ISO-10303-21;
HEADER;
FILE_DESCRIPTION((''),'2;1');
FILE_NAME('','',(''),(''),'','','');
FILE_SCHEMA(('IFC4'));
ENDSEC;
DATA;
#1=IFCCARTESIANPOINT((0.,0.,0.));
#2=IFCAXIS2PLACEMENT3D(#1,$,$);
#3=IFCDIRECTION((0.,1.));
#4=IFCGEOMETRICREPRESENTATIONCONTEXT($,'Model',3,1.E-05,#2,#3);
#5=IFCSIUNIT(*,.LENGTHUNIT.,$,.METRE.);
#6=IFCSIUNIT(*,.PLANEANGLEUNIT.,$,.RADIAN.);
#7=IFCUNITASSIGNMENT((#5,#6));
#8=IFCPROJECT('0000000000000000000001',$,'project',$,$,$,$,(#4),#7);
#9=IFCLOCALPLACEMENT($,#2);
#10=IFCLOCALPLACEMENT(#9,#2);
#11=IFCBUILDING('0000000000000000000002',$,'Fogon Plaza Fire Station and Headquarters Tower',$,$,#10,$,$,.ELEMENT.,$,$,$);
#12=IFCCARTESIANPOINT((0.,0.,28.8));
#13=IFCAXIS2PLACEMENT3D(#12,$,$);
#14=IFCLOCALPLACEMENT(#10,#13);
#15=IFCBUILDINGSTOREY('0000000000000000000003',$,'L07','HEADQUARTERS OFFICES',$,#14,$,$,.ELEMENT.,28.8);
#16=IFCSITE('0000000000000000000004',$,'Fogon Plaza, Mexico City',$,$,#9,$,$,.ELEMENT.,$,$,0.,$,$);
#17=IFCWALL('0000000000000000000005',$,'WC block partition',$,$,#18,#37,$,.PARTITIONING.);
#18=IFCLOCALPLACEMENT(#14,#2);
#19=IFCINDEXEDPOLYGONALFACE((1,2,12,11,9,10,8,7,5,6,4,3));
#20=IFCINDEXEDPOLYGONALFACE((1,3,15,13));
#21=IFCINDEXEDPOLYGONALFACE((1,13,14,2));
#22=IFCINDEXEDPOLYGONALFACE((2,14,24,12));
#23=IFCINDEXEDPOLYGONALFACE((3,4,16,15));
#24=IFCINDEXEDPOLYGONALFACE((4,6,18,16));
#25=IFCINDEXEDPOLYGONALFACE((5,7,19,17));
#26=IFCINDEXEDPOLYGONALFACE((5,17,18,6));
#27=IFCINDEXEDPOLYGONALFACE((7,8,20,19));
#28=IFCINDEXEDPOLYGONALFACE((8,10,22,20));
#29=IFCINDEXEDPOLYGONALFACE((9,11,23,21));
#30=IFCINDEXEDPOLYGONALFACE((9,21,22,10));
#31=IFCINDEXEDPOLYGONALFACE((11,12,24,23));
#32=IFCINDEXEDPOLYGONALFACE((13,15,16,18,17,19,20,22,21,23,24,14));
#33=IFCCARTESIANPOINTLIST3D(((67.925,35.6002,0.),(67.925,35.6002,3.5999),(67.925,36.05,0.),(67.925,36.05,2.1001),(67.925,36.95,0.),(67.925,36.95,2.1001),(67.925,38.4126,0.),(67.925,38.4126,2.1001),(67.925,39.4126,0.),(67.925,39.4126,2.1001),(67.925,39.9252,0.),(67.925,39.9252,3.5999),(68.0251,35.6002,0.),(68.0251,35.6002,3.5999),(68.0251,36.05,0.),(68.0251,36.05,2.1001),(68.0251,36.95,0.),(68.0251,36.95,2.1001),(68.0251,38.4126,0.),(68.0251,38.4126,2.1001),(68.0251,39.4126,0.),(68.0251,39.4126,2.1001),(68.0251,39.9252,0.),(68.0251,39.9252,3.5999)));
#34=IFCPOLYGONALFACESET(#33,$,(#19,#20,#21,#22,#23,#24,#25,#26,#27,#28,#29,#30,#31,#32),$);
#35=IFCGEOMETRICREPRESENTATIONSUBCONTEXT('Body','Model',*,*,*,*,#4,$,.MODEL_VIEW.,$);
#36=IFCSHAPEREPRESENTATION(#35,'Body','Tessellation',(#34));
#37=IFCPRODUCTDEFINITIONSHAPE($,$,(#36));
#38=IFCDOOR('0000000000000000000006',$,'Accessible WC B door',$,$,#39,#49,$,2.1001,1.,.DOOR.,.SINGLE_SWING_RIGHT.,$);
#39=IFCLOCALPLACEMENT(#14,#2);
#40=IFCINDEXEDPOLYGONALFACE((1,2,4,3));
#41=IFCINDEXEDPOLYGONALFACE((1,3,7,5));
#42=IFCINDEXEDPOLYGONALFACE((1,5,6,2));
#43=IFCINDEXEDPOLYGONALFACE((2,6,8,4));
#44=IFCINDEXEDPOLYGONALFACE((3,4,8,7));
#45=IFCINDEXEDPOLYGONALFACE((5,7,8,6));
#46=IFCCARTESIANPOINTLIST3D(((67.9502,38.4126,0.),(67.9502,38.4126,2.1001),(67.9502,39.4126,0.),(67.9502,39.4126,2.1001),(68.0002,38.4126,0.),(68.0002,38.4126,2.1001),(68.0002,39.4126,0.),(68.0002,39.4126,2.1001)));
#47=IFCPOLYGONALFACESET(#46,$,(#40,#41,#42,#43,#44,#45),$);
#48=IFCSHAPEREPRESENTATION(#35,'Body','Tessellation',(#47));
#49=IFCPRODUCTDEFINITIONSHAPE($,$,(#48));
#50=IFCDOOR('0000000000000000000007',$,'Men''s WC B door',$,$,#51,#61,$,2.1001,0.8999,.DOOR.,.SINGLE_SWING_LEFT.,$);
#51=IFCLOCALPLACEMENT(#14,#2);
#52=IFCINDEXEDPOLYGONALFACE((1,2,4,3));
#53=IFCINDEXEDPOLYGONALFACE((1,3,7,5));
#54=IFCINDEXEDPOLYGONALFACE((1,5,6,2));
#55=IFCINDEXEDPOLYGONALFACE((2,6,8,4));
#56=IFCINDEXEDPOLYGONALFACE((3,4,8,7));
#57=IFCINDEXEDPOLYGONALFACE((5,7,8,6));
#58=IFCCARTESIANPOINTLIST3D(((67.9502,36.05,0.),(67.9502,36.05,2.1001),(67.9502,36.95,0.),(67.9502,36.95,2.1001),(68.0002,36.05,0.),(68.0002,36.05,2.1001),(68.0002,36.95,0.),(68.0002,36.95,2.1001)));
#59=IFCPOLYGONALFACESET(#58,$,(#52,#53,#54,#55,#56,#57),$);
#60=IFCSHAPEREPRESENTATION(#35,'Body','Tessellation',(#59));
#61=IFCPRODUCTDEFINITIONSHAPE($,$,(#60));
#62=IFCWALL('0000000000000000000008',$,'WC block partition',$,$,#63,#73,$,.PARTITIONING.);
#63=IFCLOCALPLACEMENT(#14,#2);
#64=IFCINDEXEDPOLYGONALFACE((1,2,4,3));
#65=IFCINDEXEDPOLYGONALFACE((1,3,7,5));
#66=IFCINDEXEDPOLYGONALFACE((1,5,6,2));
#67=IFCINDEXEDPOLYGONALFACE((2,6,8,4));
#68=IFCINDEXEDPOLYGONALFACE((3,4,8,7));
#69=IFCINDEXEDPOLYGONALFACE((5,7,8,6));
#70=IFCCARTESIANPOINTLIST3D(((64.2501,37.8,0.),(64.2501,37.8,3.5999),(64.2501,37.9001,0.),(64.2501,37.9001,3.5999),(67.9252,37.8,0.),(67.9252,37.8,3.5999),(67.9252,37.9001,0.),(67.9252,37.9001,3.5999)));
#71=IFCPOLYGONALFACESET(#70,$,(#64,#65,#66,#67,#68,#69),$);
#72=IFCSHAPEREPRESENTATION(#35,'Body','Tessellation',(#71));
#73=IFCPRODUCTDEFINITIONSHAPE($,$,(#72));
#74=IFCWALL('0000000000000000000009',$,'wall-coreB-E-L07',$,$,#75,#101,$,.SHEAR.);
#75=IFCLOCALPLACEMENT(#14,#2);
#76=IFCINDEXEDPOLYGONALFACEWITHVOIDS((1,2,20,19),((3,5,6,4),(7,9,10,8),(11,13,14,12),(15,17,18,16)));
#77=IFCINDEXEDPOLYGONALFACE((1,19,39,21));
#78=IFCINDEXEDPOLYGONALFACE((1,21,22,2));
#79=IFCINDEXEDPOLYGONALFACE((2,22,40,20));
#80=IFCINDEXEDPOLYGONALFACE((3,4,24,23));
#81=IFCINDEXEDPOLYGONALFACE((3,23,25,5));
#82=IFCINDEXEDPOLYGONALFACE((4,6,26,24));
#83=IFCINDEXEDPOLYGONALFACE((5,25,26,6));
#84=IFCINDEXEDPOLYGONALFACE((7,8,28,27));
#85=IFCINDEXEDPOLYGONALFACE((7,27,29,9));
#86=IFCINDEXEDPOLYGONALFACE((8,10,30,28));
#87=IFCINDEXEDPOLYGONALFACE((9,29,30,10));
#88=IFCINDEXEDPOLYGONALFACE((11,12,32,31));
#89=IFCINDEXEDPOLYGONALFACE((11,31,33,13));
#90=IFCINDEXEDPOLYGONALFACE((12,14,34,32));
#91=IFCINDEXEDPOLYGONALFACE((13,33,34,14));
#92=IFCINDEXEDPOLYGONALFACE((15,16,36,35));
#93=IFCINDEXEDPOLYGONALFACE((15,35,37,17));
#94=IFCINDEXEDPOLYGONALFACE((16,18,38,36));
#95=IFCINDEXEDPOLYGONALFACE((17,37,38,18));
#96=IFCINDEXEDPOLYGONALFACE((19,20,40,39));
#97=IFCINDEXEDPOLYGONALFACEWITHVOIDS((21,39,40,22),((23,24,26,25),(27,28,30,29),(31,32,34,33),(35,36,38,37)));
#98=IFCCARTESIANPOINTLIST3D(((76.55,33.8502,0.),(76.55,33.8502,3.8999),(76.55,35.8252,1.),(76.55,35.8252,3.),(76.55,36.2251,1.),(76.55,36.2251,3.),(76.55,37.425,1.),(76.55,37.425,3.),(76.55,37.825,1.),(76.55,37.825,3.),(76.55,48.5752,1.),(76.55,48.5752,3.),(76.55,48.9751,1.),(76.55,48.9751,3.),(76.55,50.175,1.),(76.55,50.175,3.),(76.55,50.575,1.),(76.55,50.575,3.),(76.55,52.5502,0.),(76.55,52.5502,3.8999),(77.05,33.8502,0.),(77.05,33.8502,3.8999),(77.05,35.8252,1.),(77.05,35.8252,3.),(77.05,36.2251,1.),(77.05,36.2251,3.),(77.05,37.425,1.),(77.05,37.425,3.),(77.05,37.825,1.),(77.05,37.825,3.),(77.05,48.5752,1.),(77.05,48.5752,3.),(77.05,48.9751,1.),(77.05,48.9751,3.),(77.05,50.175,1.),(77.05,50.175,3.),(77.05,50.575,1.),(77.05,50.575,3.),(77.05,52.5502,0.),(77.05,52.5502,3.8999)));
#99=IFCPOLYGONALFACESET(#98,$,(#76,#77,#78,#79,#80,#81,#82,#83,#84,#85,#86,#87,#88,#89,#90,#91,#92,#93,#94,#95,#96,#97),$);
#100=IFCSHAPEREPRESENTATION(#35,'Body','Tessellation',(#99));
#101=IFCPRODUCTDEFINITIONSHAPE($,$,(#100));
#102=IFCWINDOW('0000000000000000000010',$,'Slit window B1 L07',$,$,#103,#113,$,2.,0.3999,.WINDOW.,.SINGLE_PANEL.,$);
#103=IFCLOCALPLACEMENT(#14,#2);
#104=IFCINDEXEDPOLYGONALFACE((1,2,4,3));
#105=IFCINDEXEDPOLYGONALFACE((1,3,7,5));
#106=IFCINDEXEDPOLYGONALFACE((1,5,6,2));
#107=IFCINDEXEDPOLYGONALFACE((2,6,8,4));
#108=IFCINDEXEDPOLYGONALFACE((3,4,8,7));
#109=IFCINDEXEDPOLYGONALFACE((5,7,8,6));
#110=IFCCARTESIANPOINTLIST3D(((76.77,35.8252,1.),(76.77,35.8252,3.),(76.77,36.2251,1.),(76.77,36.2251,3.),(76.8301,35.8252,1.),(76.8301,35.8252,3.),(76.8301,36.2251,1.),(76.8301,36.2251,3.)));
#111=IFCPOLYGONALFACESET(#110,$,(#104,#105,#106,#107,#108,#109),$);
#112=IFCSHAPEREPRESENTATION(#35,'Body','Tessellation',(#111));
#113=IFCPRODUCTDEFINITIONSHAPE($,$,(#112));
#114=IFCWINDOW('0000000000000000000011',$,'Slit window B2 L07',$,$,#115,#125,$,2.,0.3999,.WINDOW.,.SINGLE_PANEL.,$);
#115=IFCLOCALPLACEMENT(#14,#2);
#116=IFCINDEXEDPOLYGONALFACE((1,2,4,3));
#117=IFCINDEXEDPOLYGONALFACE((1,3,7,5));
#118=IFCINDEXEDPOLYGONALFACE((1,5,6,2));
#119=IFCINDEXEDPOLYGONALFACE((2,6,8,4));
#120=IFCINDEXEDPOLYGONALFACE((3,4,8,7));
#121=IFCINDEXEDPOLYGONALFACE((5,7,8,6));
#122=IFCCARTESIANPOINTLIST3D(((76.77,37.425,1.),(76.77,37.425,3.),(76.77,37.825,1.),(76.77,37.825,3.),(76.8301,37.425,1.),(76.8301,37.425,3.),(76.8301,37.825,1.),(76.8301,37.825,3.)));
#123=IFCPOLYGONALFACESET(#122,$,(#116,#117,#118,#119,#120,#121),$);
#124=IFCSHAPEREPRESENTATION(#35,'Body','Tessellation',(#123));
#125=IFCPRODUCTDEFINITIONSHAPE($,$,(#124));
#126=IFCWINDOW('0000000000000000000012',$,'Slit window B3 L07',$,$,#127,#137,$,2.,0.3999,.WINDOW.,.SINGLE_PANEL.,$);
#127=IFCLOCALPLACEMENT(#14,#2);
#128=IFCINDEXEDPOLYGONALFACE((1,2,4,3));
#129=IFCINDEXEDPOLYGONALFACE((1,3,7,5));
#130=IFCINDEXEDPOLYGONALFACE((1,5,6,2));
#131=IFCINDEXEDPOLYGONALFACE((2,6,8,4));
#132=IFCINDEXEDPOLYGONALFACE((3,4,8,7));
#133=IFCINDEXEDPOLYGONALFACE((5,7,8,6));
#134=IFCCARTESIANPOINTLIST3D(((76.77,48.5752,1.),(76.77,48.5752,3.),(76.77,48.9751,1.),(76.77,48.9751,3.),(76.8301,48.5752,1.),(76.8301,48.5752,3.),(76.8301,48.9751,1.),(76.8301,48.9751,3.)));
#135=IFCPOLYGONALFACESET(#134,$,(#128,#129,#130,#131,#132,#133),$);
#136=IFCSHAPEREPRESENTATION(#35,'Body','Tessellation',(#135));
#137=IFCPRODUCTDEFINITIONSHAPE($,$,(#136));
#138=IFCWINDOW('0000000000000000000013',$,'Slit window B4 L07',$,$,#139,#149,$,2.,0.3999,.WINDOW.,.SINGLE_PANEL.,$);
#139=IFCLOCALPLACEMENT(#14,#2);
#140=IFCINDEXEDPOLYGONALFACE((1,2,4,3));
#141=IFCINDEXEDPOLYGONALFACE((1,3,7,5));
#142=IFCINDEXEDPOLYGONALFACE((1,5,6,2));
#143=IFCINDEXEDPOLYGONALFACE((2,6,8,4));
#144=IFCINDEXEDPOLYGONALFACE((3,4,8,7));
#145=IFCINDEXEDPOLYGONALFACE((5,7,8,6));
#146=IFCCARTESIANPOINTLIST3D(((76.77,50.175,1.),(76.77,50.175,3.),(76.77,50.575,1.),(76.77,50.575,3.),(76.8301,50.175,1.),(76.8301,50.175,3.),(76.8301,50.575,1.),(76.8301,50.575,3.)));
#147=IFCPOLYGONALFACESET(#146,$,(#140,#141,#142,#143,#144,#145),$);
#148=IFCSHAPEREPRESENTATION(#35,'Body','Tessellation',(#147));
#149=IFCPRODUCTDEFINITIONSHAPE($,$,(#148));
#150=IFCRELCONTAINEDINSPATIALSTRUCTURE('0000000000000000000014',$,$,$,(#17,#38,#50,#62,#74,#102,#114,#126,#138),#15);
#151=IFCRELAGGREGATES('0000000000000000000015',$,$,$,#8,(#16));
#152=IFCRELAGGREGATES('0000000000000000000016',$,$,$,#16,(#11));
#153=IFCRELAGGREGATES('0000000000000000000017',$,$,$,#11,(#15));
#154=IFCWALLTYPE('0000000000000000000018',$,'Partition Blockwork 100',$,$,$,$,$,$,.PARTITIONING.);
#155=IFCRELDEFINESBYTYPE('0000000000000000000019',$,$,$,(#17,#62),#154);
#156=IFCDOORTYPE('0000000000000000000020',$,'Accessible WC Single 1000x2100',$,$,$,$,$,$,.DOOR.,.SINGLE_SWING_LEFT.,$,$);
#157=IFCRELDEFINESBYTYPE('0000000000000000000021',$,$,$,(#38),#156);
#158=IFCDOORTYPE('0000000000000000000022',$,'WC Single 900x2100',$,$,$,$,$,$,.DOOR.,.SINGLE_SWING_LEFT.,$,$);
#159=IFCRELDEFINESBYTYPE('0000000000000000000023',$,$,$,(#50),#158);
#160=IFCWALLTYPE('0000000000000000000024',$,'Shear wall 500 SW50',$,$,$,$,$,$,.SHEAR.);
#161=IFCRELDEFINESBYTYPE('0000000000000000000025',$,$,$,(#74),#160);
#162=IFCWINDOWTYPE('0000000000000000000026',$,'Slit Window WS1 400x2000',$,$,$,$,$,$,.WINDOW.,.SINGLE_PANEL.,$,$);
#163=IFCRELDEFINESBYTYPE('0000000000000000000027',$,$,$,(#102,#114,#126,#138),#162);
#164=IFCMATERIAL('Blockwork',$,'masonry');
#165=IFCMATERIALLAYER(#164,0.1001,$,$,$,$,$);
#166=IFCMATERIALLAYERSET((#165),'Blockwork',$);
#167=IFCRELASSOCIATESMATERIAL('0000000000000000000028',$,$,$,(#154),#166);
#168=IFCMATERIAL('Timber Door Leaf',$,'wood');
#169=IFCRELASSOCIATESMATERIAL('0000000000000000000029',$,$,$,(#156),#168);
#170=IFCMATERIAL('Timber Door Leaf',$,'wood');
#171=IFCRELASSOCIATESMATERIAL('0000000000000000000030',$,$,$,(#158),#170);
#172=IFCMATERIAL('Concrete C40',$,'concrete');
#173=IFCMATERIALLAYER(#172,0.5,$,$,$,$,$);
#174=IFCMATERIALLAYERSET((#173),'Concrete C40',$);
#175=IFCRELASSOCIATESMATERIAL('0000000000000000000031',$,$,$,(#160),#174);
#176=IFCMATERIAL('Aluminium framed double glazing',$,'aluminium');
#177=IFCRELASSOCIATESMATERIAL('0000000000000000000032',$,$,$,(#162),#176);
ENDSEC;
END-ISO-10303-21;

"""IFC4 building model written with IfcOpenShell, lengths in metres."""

from ifc_helpers import new_model, si_unit, direction, frame, frame_2d, origin, place, context, subcontext, project, spatial, rectangle, extrude, material, layer, layer_set, type_object, element, fill, save


model = new_model("IFC4")

# Units and contexts
model_context = context("Model", 3, precision=1e-05, world=origin(), true_north=direction((0.0, 1.0)))
body_context = subcontext(model_context, "Body", "Model", "MODEL_VIEW")
ifc_project = project(units=[si_unit("LENGTHUNIT", "METRE"), si_unit("PLANEANGLEUNIT", "RADIAN")], contexts=[model_context])

# Site, building, storey
site_placement = place(None, origin())
site = spatial("IfcSite", under=ifc_project, at=site_placement, Name="Fogon Plaza, Mexico City", CompositionType="ELEMENT", RefElevation=0.0)
building_placement = place(site_placement, origin())
building = spatial("IfcBuilding", under=site, at=building_placement, Name="Fogon Plaza Fire Station and Headquarters Tower", CompositionType="ELEMENT")
storey_placement = place(building_placement, frame((0.0, 0.0, 28.8)))
storey = spatial("IfcBuildingStorey", under=building, at=storey_placement, Name="L07", Description="HEADQUARTERS OFFICES", CompositionType="ELEMENT", Elevation=28.8)

# Shared definitions
ifc_material_1 = material(Name="Blockwork", Category="masonry")
ifc_layer_1 = layer(ifc_material_1, 0.1001)
ifc_layer_set_1 = layer_set([ifc_layer_1], Name="Blockwork")
wall_type_1 = type_object("IfcWallType", Name="Partition Blockwork 100", PredefinedType="PARTITIONING", material=ifc_layer_set_1)

# Wall, openings, doors
wall_1_placement = place(storey_placement, frame((67.9751, 35.6001, 0.0), z_axis=(0.0, 0.0, 1.0), x_axis=(0.0, 1.0, 0.0)))
wall_1 = element("IfcWall", 1, at=wall_1_placement, inside=storey, type_object=wall_type_1, Name="WC block partition", PredefinedType="PARTITIONING", context=body_context, shape_type="SweptSolid", body=[
    extrude(rectangle(XDim=4.325, YDim=0.1001, at=frame_2d((2.1626, 0.0))), origin(), (0.0, 0.0, 1.0), 3.5999),
])
opening_1_placement = place(wall_1_placement, frame((0.45, 0.0, 0.0)))
opening_1 = element("IfcOpeningElement", 2, at=opening_1_placement, cuts=wall_1, PredefinedType="OPENING", context=body_context, shape_type="SweptSolid", body=[
    extrude(rectangle(XDim=0.8999, YDim=2.1001, at=frame_2d((0.45, 1.05))), frame((0.0, 0.0601, 0.0), z_axis=(0.0, -1.0, 0.0), x_axis=(1.0, 0.0, 0.0)), (0.0, 0.0, 1.0), 0.1201),
])
opening_2_placement = place(wall_1_placement, frame((2.8125, 0.0, 0.0)))
opening_2 = element("IfcOpeningElement", 3, at=opening_2_placement, cuts=wall_1, PredefinedType="OPENING", context=body_context, shape_type="SweptSolid", body=[
    extrude(rectangle(XDim=1.0, YDim=2.1001, at=frame_2d((0.5, 1.05))), frame((0.0, 0.0601, 0.0), z_axis=(0.0, -1.0, 0.0), x_axis=(1.0, 0.0, 0.0)), (0.0, 0.0, 1.0), 0.1201),
])
ifc_material_2 = material(Name="Timber Door Leaf", Category="wood")
door_type_1 = type_object("IfcDoorType", Name="Accessible WC Single 1000x2100", OperationType="SINGLE_SWING_LEFT", PredefinedType="DOOR", material=ifc_material_2)
door_1_placement = place(opening_2_placement, origin())
door_1 = element("IfcDoor", 4, at=door_1_placement, inside=storey, type_object=door_type_1, Name="Accessible WC B door", OperationType="SINGLE_SWING_RIGHT", OverallHeight=2.1001, OverallWidth=1.0, PredefinedType="DOOR", context=body_context, shape_type="SweptSolid", body=[
    extrude(rectangle(XDim=1.0, YDim=2.1001, at=frame_2d((0.5, 1.05))), frame((0.0, 0.0249, 0.0), z_axis=(0.0, -1.0, 0.0), x_axis=(1.0, 0.0, 0.0)), (0.0, 0.0, 1.0), 0.05),
])
fill(opening_2, door_1)
ifc_material_3 = material(Name="Timber Door Leaf", Category="wood")
door_type_2 = type_object("IfcDoorType", Name="WC Single 900x2100", OperationType="SINGLE_SWING_LEFT", PredefinedType="DOOR", material=ifc_material_3)
door_2_placement = place(opening_1_placement, origin())
door_2 = element("IfcDoor", 5, at=door_2_placement, inside=storey, type_object=door_type_2, Name="Men's WC B door", OperationType="SINGLE_SWING_LEFT", OverallHeight=2.1001, OverallWidth=0.8999, PredefinedType="DOOR", context=body_context, shape_type="SweptSolid", body=[
    extrude(rectangle(XDim=0.8999, YDim=2.1001, at=frame_2d((0.45, 1.05))), frame((0.0, 0.0249, 0.0), z_axis=(0.0, -1.0, 0.0), x_axis=(1.0, 0.0, 0.0)), (0.0, 0.0, 1.0), 0.05),
])
fill(opening_1, door_2)

# Wall
wall_2_placement = place(storey_placement, frame((67.925, 37.8501, 0.0), z_axis=(0.0, 0.0, 1.0), x_axis=(-1.0, 0.0, 0.0)))
element("IfcWall", 6, at=wall_2_placement, inside=storey, type_object=wall_type_1, Name="WC block partition", PredefinedType="PARTITIONING", context=body_context, shape_type="SweptSolid", body=[
    extrude(rectangle(XDim=3.675, YDim=0.1001, at=frame_2d((1.8374, 0.0))), origin(), (0.0, 0.0, 1.0), 3.5999),
])

# Wall, openings, windows
ifc_material_4 = material(Name="Concrete C40", Category="concrete")
ifc_layer_2 = layer(ifc_material_4, 0.5)
ifc_layer_set_2 = layer_set([ifc_layer_2], Name="Concrete C40")
wall_type_2 = type_object("IfcWallType", Name="Shear wall 500 SW50", PredefinedType="SHEAR", material=ifc_layer_set_2)
wall_3_placement = place(storey_placement, frame((76.8, 33.8501, 0.0), z_axis=(0.0, 0.0, 1.0), x_axis=(0.0, 1.0, 0.0)))
wall_3 = element("IfcWall", 7, at=wall_3_placement, inside=storey, type_object=wall_type_2, Name="wall-coreB-E-L07", PredefinedType="SHEAR", context=body_context, shape_type="SweptSolid", body=[
    extrude(rectangle(XDim=18.7, YDim=0.5, at=frame_2d((9.3501, 0.0))), origin(), (0.0, 0.0, 1.0), 3.8999),
])
opening_3_placement = place(wall_3_placement, frame((1.9751, 0.0, 1.0)))
opening_3 = element("IfcOpeningElement", 8, at=opening_3_placement, cuts=wall_3, PredefinedType="OPENING", context=body_context, shape_type="SweptSolid", body=[
    extrude(rectangle(XDim=0.3999, YDim=2.0, at=frame_2d((0.2, 1.0))), frame((0.0, 0.26, 0.0), z_axis=(0.0, -1.0, 0.0), x_axis=(1.0, 0.0, 0.0)), (0.0, 0.0, 1.0), 0.52),
])
opening_4_placement = place(wall_3_placement, frame((3.575, 0.0, 1.0)))
opening_4 = element("IfcOpeningElement", 9, at=opening_4_placement, cuts=wall_3, PredefinedType="OPENING", context=body_context, shape_type="SweptSolid", body=[
    extrude(rectangle(XDim=0.3999, YDim=2.0, at=frame_2d((0.2, 1.0))), frame((0.0, 0.26, 0.0), z_axis=(0.0, -1.0, 0.0), x_axis=(1.0, 0.0, 0.0)), (0.0, 0.0, 1.0), 0.52),
])
opening_5_placement = place(wall_3_placement, frame((14.7251, 0.0, 1.0)))
opening_5 = element("IfcOpeningElement", 10, at=opening_5_placement, cuts=wall_3, PredefinedType="OPENING", context=body_context, shape_type="SweptSolid", body=[
    extrude(rectangle(XDim=0.3999, YDim=2.0, at=frame_2d((0.2, 1.0))), frame((0.0, 0.26, 0.0), z_axis=(0.0, -1.0, 0.0), x_axis=(1.0, 0.0, 0.0)), (0.0, 0.0, 1.0), 0.52),
])
opening_6_placement = place(wall_3_placement, frame((16.325, 0.0, 1.0)))
opening_6 = element("IfcOpeningElement", 11, at=opening_6_placement, cuts=wall_3, PredefinedType="OPENING", context=body_context, shape_type="SweptSolid", body=[
    extrude(rectangle(XDim=0.3999, YDim=2.0, at=frame_2d((0.2, 1.0))), frame((0.0, 0.26, 0.0), z_axis=(0.0, -1.0, 0.0), x_axis=(1.0, 0.0, 0.0)), (0.0, 0.0, 1.0), 0.52),
])
ifc_material_5 = material(Name="Aluminium framed double glazing", Category="aluminium")
window_type = type_object("IfcWindowType", Name="Slit Window WS1 400x2000", PartitioningType="SINGLE_PANEL", PredefinedType="WINDOW", material=ifc_material_5)
window_1_placement = place(opening_3_placement, origin())
window_1 = element("IfcWindow", 12, at=window_1_placement, inside=storey, type_object=window_type, Name="Slit window B1 L07", OverallHeight=2.0, OverallWidth=0.3999, PartitioningType="SINGLE_PANEL", PredefinedType="WINDOW", context=body_context, shape_type="SweptSolid", body=[
    extrude(rectangle(XDim=0.3999, YDim=2.0, at=frame_2d((0.2, 1.0))), frame((0.0, 0.03, 0.0), z_axis=(0.0, -1.0, 0.0), x_axis=(1.0, 0.0, 0.0)), (0.0, 0.0, 1.0), 0.0601),
])
fill(opening_3, window_1)
window_2_placement = place(opening_4_placement, origin())
window_2 = element("IfcWindow", 13, at=window_2_placement, inside=storey, type_object=window_type, Name="Slit window B2 L07", OverallHeight=2.0, OverallWidth=0.3999, PartitioningType="SINGLE_PANEL", PredefinedType="WINDOW", context=body_context, shape_type="SweptSolid", body=[
    extrude(rectangle(XDim=0.3999, YDim=2.0, at=frame_2d((0.2, 1.0))), frame((0.0, 0.03, 0.0), z_axis=(0.0, -1.0, 0.0), x_axis=(1.0, 0.0, 0.0)), (0.0, 0.0, 1.0), 0.0601),
])
fill(opening_4, window_2)
window_3_placement = place(opening_5_placement, origin())
window_3 = element("IfcWindow", 14, at=window_3_placement, inside=storey, type_object=window_type, Name="Slit window B3 L07", OverallHeight=2.0, OverallWidth=0.3999, PartitioningType="SINGLE_PANEL", PredefinedType="WINDOW", context=body_context, shape_type="SweptSolid", body=[
    extrude(rectangle(XDim=0.3999, YDim=2.0, at=frame_2d((0.2, 1.0))), frame((0.0, 0.03, 0.0), z_axis=(0.0, -1.0, 0.0), x_axis=(1.0, 0.0, 0.0)), (0.0, 0.0, 1.0), 0.0601),
])
fill(opening_5, window_3)
window_4_placement = place(opening_6_placement, origin())
window_4 = element("IfcWindow", 15, at=window_4_placement, inside=storey, type_object=window_type, Name="Slit window B4 L07", OverallHeight=2.0, OverallWidth=0.3999, PartitioningType="SINGLE_PANEL", PredefinedType="WINDOW", context=body_context, shape_type="SweptSolid", body=[
    extrude(rectangle(XDim=0.3999, YDim=2.0, at=frame_2d((0.2, 1.0))), frame((0.0, 0.03, 0.0), z_axis=(0.0, -1.0, 0.0), x_axis=(1.0, 0.0, 0.0)), (0.0, 0.0, 1.0), 0.0601),
])
fill(opening_6, window_4)

save(model, "model.ifc")
